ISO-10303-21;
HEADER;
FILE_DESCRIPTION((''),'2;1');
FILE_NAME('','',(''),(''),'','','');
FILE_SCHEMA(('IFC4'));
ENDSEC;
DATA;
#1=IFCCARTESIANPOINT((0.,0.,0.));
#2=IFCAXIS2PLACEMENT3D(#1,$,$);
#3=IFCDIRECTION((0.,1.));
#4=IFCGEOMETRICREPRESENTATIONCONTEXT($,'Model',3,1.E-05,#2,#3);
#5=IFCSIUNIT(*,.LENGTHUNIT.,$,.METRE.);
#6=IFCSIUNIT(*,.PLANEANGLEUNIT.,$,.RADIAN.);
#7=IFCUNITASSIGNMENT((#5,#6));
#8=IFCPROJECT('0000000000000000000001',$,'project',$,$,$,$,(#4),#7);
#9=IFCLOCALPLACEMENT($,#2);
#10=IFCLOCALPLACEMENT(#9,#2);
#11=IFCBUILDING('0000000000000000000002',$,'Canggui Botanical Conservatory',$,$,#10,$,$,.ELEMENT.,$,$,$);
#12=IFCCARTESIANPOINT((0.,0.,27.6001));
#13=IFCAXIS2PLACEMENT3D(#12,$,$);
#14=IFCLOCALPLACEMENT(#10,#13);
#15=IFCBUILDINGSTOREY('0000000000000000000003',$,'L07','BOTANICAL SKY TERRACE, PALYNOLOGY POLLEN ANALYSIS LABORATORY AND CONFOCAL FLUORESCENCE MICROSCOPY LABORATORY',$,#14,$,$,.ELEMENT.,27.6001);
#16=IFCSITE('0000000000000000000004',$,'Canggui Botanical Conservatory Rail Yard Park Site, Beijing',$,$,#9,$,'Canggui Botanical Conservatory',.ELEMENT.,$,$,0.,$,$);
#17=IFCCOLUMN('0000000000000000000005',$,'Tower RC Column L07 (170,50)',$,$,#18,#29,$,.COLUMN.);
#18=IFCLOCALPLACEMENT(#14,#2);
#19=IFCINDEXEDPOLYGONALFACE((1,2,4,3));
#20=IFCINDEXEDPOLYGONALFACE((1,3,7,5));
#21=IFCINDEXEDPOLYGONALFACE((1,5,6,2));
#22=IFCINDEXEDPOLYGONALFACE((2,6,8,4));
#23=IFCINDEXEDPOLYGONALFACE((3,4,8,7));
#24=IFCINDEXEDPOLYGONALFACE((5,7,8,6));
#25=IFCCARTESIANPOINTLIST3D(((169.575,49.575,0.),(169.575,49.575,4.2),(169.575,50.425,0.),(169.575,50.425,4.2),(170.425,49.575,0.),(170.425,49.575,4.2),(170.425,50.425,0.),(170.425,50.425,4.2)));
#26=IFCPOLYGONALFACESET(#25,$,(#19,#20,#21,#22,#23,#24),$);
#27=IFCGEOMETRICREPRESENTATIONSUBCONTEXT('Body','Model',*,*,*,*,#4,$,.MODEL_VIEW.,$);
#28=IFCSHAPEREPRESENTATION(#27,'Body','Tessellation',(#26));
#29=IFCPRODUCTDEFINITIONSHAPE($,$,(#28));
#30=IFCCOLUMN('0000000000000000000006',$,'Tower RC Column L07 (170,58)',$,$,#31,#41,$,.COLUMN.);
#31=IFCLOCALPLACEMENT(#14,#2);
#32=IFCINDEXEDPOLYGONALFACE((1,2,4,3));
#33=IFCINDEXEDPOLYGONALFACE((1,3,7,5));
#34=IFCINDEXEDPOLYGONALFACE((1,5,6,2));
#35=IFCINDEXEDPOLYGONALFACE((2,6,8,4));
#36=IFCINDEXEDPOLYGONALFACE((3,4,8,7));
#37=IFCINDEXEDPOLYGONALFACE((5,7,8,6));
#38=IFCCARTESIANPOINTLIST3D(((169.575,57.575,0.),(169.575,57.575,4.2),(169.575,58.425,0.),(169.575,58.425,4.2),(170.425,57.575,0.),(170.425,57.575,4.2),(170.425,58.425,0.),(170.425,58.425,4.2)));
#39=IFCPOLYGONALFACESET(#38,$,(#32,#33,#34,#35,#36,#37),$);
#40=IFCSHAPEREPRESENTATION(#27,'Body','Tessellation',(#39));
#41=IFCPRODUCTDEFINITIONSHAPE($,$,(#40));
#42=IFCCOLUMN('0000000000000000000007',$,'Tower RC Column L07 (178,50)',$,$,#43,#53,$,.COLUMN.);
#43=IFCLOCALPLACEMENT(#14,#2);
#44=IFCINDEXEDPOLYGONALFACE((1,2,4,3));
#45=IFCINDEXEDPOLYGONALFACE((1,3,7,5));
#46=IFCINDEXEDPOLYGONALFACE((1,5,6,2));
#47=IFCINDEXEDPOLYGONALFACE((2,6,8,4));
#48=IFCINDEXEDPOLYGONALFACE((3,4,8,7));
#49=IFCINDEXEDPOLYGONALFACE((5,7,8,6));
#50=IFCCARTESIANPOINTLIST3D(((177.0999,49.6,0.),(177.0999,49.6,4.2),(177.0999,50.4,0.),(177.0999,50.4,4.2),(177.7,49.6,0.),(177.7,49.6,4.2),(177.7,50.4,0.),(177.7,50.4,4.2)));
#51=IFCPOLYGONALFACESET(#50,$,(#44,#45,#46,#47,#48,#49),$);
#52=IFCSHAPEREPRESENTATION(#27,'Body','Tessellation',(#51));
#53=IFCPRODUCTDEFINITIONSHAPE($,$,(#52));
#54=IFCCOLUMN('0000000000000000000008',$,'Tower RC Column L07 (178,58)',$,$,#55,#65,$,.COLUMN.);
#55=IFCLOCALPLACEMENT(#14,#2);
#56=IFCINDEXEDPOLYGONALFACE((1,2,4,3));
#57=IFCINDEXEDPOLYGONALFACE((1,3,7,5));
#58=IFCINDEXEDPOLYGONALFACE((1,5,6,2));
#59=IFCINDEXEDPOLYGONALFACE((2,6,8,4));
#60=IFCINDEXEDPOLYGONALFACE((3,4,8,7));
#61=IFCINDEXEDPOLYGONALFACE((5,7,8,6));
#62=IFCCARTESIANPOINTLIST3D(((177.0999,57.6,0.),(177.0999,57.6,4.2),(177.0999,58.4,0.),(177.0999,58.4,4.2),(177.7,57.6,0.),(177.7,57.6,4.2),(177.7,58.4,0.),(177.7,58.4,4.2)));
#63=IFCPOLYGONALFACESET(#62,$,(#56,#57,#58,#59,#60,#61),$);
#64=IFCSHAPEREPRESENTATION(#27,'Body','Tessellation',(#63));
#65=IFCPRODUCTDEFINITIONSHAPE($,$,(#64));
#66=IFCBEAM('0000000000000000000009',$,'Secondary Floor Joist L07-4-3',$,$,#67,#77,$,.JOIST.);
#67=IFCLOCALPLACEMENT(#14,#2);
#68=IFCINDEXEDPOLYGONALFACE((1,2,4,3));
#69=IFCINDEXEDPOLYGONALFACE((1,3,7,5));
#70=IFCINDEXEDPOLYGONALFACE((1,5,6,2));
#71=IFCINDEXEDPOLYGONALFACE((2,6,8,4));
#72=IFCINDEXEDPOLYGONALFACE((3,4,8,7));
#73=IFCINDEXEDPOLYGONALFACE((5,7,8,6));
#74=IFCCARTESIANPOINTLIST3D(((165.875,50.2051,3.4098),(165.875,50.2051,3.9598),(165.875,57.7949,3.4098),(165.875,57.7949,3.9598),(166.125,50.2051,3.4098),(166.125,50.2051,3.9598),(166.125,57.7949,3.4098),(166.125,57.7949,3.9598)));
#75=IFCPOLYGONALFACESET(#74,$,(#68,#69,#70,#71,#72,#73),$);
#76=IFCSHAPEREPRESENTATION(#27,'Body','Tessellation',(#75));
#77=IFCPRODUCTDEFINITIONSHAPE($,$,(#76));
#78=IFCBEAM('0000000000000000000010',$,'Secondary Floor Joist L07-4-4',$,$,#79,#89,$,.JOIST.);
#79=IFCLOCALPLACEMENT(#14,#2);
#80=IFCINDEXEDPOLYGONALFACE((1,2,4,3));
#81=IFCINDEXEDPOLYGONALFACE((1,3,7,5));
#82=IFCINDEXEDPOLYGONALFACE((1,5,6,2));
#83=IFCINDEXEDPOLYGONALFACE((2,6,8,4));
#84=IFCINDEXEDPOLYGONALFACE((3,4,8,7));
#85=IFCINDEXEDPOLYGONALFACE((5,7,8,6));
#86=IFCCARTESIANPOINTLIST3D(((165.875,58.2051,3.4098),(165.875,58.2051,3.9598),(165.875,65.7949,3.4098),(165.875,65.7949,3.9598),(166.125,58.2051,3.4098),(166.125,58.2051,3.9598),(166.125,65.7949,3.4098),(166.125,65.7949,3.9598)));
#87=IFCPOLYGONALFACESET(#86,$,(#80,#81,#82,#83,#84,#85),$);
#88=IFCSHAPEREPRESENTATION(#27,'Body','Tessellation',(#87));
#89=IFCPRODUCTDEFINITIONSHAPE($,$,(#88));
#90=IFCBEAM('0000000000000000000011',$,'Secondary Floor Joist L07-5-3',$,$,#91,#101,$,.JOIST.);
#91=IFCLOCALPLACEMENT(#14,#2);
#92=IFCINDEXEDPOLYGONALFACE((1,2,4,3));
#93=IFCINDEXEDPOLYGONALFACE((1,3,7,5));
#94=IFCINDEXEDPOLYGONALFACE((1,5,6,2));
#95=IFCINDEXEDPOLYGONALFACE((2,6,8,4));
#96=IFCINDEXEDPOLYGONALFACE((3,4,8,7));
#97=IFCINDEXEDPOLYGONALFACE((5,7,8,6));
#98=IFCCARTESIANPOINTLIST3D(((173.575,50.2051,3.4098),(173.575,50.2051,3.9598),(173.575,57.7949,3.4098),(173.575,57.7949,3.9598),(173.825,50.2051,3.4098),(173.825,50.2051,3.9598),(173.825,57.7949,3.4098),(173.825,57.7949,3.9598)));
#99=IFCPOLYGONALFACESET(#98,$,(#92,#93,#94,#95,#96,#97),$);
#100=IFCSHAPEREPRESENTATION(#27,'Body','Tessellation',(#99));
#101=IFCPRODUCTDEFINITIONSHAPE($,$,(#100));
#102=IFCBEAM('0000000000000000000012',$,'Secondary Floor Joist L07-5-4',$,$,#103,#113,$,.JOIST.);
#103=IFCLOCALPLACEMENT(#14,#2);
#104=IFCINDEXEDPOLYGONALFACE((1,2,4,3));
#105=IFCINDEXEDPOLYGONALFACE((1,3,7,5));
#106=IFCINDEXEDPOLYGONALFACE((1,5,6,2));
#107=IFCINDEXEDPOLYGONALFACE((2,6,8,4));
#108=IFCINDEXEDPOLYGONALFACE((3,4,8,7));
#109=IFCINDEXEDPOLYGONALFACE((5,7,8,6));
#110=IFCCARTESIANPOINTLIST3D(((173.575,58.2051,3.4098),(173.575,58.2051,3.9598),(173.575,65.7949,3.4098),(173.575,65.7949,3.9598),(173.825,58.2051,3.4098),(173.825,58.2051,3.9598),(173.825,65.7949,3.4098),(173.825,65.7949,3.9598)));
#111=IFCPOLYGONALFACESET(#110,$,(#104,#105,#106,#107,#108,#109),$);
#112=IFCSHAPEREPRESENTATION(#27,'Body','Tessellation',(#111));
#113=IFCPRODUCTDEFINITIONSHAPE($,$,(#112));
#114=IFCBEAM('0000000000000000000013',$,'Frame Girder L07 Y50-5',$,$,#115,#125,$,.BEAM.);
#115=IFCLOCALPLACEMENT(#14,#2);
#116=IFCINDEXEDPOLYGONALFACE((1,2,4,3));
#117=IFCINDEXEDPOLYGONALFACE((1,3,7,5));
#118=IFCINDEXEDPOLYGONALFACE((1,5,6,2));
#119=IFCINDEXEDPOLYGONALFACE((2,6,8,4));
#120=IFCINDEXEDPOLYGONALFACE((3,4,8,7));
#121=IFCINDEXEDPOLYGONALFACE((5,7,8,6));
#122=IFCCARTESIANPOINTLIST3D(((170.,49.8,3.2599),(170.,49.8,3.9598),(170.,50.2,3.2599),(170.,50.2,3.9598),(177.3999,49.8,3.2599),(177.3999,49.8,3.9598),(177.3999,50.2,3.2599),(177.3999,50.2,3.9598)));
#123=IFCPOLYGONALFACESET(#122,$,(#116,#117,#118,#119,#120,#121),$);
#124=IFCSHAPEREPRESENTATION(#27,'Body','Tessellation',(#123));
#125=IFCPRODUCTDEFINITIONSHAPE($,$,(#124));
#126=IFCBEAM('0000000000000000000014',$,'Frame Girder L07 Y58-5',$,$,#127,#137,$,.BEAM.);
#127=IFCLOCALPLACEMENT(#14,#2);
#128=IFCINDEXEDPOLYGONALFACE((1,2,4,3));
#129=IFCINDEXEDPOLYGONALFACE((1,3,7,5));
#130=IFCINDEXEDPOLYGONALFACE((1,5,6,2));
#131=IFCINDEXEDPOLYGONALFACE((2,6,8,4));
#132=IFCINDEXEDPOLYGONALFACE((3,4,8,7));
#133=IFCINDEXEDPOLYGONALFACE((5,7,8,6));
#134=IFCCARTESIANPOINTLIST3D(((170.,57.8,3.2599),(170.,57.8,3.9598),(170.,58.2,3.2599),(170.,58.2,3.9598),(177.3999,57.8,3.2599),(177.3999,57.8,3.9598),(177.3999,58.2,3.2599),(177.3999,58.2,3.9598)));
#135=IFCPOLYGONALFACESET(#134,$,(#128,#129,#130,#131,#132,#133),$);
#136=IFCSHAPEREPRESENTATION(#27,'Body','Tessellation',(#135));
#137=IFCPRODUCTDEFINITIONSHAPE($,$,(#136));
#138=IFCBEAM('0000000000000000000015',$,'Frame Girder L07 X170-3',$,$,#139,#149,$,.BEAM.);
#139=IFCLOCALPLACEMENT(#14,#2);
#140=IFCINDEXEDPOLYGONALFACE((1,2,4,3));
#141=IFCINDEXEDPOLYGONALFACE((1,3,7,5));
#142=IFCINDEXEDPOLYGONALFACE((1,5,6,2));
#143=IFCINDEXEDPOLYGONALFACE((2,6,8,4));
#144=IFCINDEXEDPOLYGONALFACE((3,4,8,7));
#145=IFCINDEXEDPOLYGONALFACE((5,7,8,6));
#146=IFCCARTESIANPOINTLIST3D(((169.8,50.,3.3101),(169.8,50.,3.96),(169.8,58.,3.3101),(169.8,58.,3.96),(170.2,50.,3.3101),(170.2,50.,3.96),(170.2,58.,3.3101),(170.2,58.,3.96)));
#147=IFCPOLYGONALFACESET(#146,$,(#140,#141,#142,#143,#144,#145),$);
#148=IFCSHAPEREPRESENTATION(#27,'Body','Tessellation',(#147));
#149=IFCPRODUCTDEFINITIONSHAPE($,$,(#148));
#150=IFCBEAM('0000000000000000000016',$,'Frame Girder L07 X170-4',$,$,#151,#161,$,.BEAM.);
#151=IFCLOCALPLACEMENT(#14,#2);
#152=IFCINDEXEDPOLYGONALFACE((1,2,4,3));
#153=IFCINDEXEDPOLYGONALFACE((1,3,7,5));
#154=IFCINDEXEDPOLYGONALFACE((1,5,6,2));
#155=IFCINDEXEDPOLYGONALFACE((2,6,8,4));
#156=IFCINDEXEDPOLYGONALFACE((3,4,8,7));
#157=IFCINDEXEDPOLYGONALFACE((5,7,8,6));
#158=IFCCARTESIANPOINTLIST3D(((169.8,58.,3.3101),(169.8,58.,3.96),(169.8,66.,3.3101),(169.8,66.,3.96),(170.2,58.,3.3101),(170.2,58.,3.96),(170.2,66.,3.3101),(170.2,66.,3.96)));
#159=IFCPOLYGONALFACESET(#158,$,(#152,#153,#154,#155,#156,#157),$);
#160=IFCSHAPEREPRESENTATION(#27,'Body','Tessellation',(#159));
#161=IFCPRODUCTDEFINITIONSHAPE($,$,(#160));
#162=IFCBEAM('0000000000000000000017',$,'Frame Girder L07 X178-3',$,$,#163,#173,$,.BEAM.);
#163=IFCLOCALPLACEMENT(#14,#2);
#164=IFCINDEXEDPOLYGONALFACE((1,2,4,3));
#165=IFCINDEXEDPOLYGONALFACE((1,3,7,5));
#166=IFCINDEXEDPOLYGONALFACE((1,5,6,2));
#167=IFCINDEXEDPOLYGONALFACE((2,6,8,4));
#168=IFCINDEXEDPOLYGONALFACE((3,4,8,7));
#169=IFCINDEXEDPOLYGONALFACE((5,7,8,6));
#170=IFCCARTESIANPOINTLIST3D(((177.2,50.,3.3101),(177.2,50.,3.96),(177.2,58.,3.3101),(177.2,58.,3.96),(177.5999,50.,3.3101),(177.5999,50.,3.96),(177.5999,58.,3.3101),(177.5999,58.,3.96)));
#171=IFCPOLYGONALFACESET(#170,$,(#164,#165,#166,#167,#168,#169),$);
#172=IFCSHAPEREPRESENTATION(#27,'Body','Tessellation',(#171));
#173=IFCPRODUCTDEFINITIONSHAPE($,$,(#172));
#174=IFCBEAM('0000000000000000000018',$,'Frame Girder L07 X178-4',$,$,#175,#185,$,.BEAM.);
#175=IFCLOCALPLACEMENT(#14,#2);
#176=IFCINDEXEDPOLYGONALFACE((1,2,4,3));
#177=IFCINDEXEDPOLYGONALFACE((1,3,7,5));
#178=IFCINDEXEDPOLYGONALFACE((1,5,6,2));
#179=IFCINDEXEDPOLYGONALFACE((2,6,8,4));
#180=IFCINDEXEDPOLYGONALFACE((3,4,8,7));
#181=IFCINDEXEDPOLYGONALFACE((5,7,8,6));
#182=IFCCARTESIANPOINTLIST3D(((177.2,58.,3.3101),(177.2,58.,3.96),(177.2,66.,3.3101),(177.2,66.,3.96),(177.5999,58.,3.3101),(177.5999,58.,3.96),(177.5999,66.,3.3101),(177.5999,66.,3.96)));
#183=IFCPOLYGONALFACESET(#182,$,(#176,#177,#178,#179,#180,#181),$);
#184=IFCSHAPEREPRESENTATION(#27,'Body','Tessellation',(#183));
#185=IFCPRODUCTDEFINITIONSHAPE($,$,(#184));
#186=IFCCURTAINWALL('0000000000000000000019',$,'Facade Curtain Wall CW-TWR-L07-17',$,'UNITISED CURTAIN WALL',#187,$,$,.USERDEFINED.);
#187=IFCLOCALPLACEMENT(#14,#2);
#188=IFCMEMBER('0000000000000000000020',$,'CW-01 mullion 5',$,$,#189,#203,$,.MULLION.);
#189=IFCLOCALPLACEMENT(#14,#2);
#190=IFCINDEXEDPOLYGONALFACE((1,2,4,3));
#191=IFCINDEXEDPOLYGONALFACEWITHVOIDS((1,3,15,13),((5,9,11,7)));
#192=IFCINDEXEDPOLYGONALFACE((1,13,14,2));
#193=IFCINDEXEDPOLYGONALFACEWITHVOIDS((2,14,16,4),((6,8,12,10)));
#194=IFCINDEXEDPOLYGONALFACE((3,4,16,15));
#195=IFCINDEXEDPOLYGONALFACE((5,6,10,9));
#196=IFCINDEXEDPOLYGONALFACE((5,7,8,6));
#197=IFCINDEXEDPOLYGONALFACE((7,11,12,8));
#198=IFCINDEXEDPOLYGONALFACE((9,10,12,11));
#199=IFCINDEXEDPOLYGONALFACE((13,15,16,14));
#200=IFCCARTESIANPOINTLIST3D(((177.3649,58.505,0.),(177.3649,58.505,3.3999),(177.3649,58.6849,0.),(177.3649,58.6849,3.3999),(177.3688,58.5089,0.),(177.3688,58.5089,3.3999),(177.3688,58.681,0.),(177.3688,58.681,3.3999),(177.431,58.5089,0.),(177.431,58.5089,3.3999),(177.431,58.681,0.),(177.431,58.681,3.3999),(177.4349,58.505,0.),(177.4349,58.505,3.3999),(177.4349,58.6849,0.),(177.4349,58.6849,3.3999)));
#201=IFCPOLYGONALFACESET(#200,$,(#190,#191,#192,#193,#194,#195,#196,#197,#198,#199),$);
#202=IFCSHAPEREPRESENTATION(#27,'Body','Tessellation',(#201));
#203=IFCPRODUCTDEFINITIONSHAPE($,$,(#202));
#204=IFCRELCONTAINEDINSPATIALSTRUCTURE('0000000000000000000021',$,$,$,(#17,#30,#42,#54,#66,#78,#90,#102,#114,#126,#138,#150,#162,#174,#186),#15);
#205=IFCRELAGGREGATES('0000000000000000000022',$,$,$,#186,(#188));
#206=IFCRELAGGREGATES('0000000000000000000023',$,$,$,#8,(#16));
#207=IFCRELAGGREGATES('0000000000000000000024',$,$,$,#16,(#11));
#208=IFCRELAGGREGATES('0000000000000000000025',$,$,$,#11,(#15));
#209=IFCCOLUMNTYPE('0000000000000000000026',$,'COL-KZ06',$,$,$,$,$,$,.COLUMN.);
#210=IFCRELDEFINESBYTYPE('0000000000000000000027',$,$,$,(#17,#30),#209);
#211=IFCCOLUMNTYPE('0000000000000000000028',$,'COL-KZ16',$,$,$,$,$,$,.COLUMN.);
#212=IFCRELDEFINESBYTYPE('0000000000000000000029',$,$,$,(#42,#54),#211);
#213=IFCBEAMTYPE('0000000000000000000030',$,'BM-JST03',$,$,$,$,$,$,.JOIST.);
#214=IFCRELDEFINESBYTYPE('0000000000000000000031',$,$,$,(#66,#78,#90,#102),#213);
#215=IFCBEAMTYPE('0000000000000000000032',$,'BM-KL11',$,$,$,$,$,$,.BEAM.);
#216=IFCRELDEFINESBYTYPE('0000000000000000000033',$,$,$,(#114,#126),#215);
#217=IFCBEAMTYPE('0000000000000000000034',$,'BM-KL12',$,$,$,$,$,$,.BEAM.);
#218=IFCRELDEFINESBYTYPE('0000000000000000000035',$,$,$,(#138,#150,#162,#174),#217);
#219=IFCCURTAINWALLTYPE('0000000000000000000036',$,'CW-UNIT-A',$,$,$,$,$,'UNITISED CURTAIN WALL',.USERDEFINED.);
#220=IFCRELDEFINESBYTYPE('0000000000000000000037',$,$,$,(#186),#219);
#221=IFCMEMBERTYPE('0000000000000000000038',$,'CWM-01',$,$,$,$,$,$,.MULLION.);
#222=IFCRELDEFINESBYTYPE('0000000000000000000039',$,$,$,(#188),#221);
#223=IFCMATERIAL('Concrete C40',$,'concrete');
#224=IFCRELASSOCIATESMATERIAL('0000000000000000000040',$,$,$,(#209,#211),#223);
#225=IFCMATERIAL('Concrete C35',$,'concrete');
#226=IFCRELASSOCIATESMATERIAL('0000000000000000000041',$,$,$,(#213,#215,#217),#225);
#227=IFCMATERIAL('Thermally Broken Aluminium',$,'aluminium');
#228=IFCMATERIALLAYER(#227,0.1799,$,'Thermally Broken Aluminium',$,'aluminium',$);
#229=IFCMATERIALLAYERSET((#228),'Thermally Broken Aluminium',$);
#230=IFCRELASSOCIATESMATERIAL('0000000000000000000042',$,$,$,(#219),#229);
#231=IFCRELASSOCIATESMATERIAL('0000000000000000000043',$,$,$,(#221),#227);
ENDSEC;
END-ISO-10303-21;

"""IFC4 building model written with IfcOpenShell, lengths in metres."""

from ifc_helpers import new_model, si_unit, direction, frame, origin, origin_2d, place, context, subcontext, project, spatial, rectangle, hollow_rectangle, extrude, material, layer, layer_set, material_profile, profile_set, type_object, element, aggregate, save


model = new_model("IFC4")

# Units and contexts
model_context = context("Model", 3, precision=1e-05, world=origin(), true_north=direction((0.0, 1.0)))
body_context = subcontext(model_context, "Body", "Model", "MODEL_VIEW")
ifc_project = project(units=[si_unit("LENGTHUNIT", "METRE"), si_unit("PLANEANGLEUNIT", "RADIAN")], contexts=[model_context])

# Site, building, storey
site_placement = place(None, origin())
site = spatial("IfcSite", under=ifc_project, at=site_placement, Name="Canggui Botanical Conservatory Rail Yard Park Site, Beijing", LongName="Canggui Botanical Conservatory", CompositionType="ELEMENT", RefElevation=0.0)
building_placement = place(site_placement, origin())
building = spatial("IfcBuilding", under=site, at=building_placement, Name="Canggui Botanical Conservatory", CompositionType="ELEMENT")
storey_placement = place(building_placement, frame((0.0, 0.0, 27.6001)))
storey = spatial("IfcBuildingStorey", under=building, at=storey_placement, Name="L07", Description="BOTANICAL SKY TERRACE, PALYNOLOGY POLLEN ANALYSIS LABORATORY AND CONFOCAL FLUORESCENCE MICROSCOPY LABORATORY", CompositionType="ELEMENT", Elevation=27.6001)

# Columns
ifc_material_1 = material(Name="Concrete C40", Category="concrete")
ifc_material_profile_1 = material_profile(ifc_material_1, rectangle(XDim=0.8501, YDim=0.8501, at=origin_2d()), Name="RC 850x850")
ifc_profile_set_1 = profile_set([ifc_material_profile_1], Name="Concrete C40")
column_type_1 = type_object("IfcColumnType", Name="COL-KZ06", PredefinedType="COLUMN", material=ifc_profile_set_1)
for number, where, z_axis, x_axis, name in (
    (1, (170.0, 50.0, 0.0), (0.0, 0.0, 1.0), (1.0, 0.0, 0.0), "Tower RC Column L07 (170,50)"),
    (2, (170.0, 58.0, 0.0), (0.0, 0.0, 1.0), (1.0, 0.0, 0.0), "Tower RC Column L07 (170,58)"),
):
    element("IfcColumn", number, at=place(storey_placement, frame(where, z_axis=z_axis, x_axis=x_axis)), inside=storey, type_object=column_type_1, Name=name, PredefinedType="COLUMN", context=body_context, shape_type="SweptSolid", body=[
        extrude(rectangle(XDim=0.8501, YDim=0.8501, at=origin_2d()), origin(), (0.0, 0.0, 1.0), 4.2),
    ])
ifc_material_profile_2 = material_profile(ifc_material_1, rectangle(XDim=0.6001, YDim=0.8, at=origin_2d()), Name="RC 600x800")
ifc_profile_set_2 = profile_set([ifc_material_profile_2], Name="Concrete C40")
column_type_2 = type_object("IfcColumnType", Name="COL-KZ16", PredefinedType="COLUMN", material=ifc_profile_set_2)
for number, where, z_axis, x_axis, name in (
    (3, (177.3999, 50.0, 0.0), (0.0, 0.0, 1.0), (1.0, 0.0, 0.0), "Tower RC Column L07 (178,50)"),
    (4, (177.3999, 58.0, 0.0), (0.0, 0.0, 1.0), (1.0, 0.0, 0.0), "Tower RC Column L07 (178,58)"),
):
    element("IfcColumn", number, at=place(storey_placement, frame(where, z_axis=z_axis, x_axis=x_axis)), inside=storey, type_object=column_type_2, Name=name, PredefinedType="COLUMN", context=body_context, shape_type="SweptSolid", body=[
        extrude(rectangle(XDim=0.6001, YDim=0.8, at=origin_2d()), origin(), (0.0, 0.0, 1.0), 4.2),
    ])

# Beams
ifc_material_2 = material(Name="Concrete C35", Category="concrete")
ifc_material_profile_3 = material_profile(ifc_material_2, rectangle(XDim=0.25, YDim=0.55, at=origin_2d()), Name="RB 250x550")
ifc_profile_set_3 = profile_set([ifc_material_profile_3], Name="Concrete C35")
beam_type_1 = type_object("IfcBeamType", Name="BM-JST03", PredefinedType="JOIST", material=ifc_profile_set_3)
for number, where, z_axis, x_axis, name in (
    (5, (166.0, 50.2051, 3.6848), (0.0, 1.0, 0.0), (-1.0, 0.0, 0.0), "Secondary Floor Joist L07-4-3"),
    (6, (166.0, 58.2051, 3.6848), (0.0, 1.0, 0.0), (-1.0, 0.0, 0.0), "Secondary Floor Joist L07-4-4"),
    (7, (173.7, 50.2051, 3.6848), (0.0, 1.0, 0.0), (-1.0, 0.0, 0.0), "Secondary Floor Joist L07-5-3"),
    (8, (173.7, 58.2051, 3.6848), (0.0, 1.0, 0.0), (-1.0, 0.0, 0.0), "Secondary Floor Joist L07-5-4"),
):
    element("IfcBeam", number, at=place(storey_placement, frame(where, z_axis=z_axis, x_axis=x_axis)), inside=storey, type_object=beam_type_1, Name=name, PredefinedType="JOIST", context=body_context, shape_type="SweptSolid", body=[
        extrude(rectangle(XDim=0.25, YDim=0.55, at=origin_2d()), origin(), (0.0, 0.0, 1.0), 7.5898),
    ])
ifc_material_profile_4 = material_profile(ifc_material_2, rectangle(XDim=0.3999, YDim=0.7, at=origin_2d()), Name="RB 400x700")
ifc_profile_set_4 = profile_set([ifc_material_profile_4], Name="Concrete C35")
beam_type_2 = type_object("IfcBeamType", Name="BM-KL11", PredefinedType="BEAM", material=ifc_profile_set_4)
for number, where, z_axis, x_axis, name in (
    (9, (170.0, 50.0, 3.6099), (1.0, 0.0, 0.0), (0.0, 1.0, 0.0), "Frame Girder L07 Y50-5"),
    (10, (170.0, 58.0, 3.6099), (1.0, 0.0, 0.0), (0.0, 1.0, 0.0), "Frame Girder L07 Y58-5"),
):
    element("IfcBeam", number, at=place(storey_placement, frame(where, z_axis=z_axis, x_axis=x_axis)), inside=storey, type_object=beam_type_2, Name=name, PredefinedType="BEAM", context=body_context, shape_type="SweptSolid", body=[
        extrude(rectangle(XDim=0.3999, YDim=0.7, at=origin_2d()), origin(), (0.0, 0.0, 1.0), 7.3999),
    ])
ifc_material_profile_5 = material_profile(ifc_material_2, rectangle(XDim=0.3999, YDim=0.6499, at=origin_2d()), Name="RB 400x650")
ifc_profile_set_5 = profile_set([ifc_material_profile_5], Name="Concrete C35")
beam_type_3 = type_object("IfcBeamType", Name="BM-KL12", PredefinedType="BEAM", material=ifc_profile_set_5)
for number, where, z_axis, x_axis, name in (
    (11, (170.0, 50.0, 3.635), (0.0, 1.0, 0.0), (-1.0, 0.0, 0.0), "Frame Girder L07 X170-3"),
    (12, (170.0, 58.0, 3.635), (0.0, 1.0, 0.0), (-1.0, 0.0, 0.0), "Frame Girder L07 X170-4"),
    (13, (177.3999, 50.0, 3.635), (0.0, 1.0, 0.0), (-1.0, 0.0, 0.0), "Frame Girder L07 X178-3"),
    (14, (177.3999, 58.0, 3.635), (0.0, 1.0, 0.0), (-1.0, 0.0, 0.0), "Frame Girder L07 X178-4"),
):
    element("IfcBeam", number, at=place(storey_placement, frame(where, z_axis=z_axis, x_axis=x_axis)), inside=storey, type_object=beam_type_3, Name=name, PredefinedType="BEAM", context=body_context, shape_type="SweptSolid", body=[
        extrude(rectangle(XDim=0.3999, YDim=0.6499, at=origin_2d()), origin(), (0.0, 0.0, 1.0), 8.0),
    ])

# Curtain wall, member
ifc_material_3 = material(Name="Thermally Broken Aluminium", Category="aluminium")
ifc_layer_1 = layer(ifc_material_3, 0.1799, Name="Thermally Broken Aluminium", Category="aluminium")
ifc_layer_set_1 = layer_set([ifc_layer_1], Name="Thermally Broken Aluminium")
curtain_wall_type = type_object("IfcCurtainWallType", Name="CW-UNIT-A", ElementType="UNITISED CURTAIN WALL", PredefinedType="USERDEFINED", material=ifc_layer_set_1)
curtain_wall_placement = place(storey_placement, origin())
curtain_wall = element("IfcCurtainWall", 15, at=curtain_wall_placement, inside=storey, type_object=curtain_wall_type, Name="Facade Curtain Wall CW-TWR-L07-17", ObjectType="UNITISED CURTAIN WALL", PredefinedType="USERDEFINED")
ifc_material_profile_6 = material_profile(ifc_material_3, hollow_rectangle(XDim=0.0701, YDim=0.1799, WallThickness=0.0039, at=origin_2d()), Name="CWM 70x180x4")
ifc_profile_set_6 = profile_set([ifc_material_profile_6], Name="Thermally Broken Aluminium")
member_type_1 = type_object("IfcMemberType", Name="CWM-01", PredefinedType="MULLION", material=ifc_profile_set_6)
member_1_placement = place(storey_placement, frame((177.3999, 58.595, 0.0), z_axis=(0.0, 0.0, 1.0), x_axis=(1.0, 0.0, 0.0)))
member_1 = element("IfcMember", 16, at=member_1_placement, type_object=member_type_1, Name="CW-01 mullion 5", PredefinedType="MULLION", context=body_context, shape_type="SweptSolid", body=[
    extrude(hollow_rectangle(XDim=0.0701, YDim=0.1799, WallThickness=0.0039, at=origin_2d()), origin(), (0.0, 0.0, 1.0), 3.3999),
])

aggregate(curtain_wall, [member_1])

save(model, "model.ifc")
